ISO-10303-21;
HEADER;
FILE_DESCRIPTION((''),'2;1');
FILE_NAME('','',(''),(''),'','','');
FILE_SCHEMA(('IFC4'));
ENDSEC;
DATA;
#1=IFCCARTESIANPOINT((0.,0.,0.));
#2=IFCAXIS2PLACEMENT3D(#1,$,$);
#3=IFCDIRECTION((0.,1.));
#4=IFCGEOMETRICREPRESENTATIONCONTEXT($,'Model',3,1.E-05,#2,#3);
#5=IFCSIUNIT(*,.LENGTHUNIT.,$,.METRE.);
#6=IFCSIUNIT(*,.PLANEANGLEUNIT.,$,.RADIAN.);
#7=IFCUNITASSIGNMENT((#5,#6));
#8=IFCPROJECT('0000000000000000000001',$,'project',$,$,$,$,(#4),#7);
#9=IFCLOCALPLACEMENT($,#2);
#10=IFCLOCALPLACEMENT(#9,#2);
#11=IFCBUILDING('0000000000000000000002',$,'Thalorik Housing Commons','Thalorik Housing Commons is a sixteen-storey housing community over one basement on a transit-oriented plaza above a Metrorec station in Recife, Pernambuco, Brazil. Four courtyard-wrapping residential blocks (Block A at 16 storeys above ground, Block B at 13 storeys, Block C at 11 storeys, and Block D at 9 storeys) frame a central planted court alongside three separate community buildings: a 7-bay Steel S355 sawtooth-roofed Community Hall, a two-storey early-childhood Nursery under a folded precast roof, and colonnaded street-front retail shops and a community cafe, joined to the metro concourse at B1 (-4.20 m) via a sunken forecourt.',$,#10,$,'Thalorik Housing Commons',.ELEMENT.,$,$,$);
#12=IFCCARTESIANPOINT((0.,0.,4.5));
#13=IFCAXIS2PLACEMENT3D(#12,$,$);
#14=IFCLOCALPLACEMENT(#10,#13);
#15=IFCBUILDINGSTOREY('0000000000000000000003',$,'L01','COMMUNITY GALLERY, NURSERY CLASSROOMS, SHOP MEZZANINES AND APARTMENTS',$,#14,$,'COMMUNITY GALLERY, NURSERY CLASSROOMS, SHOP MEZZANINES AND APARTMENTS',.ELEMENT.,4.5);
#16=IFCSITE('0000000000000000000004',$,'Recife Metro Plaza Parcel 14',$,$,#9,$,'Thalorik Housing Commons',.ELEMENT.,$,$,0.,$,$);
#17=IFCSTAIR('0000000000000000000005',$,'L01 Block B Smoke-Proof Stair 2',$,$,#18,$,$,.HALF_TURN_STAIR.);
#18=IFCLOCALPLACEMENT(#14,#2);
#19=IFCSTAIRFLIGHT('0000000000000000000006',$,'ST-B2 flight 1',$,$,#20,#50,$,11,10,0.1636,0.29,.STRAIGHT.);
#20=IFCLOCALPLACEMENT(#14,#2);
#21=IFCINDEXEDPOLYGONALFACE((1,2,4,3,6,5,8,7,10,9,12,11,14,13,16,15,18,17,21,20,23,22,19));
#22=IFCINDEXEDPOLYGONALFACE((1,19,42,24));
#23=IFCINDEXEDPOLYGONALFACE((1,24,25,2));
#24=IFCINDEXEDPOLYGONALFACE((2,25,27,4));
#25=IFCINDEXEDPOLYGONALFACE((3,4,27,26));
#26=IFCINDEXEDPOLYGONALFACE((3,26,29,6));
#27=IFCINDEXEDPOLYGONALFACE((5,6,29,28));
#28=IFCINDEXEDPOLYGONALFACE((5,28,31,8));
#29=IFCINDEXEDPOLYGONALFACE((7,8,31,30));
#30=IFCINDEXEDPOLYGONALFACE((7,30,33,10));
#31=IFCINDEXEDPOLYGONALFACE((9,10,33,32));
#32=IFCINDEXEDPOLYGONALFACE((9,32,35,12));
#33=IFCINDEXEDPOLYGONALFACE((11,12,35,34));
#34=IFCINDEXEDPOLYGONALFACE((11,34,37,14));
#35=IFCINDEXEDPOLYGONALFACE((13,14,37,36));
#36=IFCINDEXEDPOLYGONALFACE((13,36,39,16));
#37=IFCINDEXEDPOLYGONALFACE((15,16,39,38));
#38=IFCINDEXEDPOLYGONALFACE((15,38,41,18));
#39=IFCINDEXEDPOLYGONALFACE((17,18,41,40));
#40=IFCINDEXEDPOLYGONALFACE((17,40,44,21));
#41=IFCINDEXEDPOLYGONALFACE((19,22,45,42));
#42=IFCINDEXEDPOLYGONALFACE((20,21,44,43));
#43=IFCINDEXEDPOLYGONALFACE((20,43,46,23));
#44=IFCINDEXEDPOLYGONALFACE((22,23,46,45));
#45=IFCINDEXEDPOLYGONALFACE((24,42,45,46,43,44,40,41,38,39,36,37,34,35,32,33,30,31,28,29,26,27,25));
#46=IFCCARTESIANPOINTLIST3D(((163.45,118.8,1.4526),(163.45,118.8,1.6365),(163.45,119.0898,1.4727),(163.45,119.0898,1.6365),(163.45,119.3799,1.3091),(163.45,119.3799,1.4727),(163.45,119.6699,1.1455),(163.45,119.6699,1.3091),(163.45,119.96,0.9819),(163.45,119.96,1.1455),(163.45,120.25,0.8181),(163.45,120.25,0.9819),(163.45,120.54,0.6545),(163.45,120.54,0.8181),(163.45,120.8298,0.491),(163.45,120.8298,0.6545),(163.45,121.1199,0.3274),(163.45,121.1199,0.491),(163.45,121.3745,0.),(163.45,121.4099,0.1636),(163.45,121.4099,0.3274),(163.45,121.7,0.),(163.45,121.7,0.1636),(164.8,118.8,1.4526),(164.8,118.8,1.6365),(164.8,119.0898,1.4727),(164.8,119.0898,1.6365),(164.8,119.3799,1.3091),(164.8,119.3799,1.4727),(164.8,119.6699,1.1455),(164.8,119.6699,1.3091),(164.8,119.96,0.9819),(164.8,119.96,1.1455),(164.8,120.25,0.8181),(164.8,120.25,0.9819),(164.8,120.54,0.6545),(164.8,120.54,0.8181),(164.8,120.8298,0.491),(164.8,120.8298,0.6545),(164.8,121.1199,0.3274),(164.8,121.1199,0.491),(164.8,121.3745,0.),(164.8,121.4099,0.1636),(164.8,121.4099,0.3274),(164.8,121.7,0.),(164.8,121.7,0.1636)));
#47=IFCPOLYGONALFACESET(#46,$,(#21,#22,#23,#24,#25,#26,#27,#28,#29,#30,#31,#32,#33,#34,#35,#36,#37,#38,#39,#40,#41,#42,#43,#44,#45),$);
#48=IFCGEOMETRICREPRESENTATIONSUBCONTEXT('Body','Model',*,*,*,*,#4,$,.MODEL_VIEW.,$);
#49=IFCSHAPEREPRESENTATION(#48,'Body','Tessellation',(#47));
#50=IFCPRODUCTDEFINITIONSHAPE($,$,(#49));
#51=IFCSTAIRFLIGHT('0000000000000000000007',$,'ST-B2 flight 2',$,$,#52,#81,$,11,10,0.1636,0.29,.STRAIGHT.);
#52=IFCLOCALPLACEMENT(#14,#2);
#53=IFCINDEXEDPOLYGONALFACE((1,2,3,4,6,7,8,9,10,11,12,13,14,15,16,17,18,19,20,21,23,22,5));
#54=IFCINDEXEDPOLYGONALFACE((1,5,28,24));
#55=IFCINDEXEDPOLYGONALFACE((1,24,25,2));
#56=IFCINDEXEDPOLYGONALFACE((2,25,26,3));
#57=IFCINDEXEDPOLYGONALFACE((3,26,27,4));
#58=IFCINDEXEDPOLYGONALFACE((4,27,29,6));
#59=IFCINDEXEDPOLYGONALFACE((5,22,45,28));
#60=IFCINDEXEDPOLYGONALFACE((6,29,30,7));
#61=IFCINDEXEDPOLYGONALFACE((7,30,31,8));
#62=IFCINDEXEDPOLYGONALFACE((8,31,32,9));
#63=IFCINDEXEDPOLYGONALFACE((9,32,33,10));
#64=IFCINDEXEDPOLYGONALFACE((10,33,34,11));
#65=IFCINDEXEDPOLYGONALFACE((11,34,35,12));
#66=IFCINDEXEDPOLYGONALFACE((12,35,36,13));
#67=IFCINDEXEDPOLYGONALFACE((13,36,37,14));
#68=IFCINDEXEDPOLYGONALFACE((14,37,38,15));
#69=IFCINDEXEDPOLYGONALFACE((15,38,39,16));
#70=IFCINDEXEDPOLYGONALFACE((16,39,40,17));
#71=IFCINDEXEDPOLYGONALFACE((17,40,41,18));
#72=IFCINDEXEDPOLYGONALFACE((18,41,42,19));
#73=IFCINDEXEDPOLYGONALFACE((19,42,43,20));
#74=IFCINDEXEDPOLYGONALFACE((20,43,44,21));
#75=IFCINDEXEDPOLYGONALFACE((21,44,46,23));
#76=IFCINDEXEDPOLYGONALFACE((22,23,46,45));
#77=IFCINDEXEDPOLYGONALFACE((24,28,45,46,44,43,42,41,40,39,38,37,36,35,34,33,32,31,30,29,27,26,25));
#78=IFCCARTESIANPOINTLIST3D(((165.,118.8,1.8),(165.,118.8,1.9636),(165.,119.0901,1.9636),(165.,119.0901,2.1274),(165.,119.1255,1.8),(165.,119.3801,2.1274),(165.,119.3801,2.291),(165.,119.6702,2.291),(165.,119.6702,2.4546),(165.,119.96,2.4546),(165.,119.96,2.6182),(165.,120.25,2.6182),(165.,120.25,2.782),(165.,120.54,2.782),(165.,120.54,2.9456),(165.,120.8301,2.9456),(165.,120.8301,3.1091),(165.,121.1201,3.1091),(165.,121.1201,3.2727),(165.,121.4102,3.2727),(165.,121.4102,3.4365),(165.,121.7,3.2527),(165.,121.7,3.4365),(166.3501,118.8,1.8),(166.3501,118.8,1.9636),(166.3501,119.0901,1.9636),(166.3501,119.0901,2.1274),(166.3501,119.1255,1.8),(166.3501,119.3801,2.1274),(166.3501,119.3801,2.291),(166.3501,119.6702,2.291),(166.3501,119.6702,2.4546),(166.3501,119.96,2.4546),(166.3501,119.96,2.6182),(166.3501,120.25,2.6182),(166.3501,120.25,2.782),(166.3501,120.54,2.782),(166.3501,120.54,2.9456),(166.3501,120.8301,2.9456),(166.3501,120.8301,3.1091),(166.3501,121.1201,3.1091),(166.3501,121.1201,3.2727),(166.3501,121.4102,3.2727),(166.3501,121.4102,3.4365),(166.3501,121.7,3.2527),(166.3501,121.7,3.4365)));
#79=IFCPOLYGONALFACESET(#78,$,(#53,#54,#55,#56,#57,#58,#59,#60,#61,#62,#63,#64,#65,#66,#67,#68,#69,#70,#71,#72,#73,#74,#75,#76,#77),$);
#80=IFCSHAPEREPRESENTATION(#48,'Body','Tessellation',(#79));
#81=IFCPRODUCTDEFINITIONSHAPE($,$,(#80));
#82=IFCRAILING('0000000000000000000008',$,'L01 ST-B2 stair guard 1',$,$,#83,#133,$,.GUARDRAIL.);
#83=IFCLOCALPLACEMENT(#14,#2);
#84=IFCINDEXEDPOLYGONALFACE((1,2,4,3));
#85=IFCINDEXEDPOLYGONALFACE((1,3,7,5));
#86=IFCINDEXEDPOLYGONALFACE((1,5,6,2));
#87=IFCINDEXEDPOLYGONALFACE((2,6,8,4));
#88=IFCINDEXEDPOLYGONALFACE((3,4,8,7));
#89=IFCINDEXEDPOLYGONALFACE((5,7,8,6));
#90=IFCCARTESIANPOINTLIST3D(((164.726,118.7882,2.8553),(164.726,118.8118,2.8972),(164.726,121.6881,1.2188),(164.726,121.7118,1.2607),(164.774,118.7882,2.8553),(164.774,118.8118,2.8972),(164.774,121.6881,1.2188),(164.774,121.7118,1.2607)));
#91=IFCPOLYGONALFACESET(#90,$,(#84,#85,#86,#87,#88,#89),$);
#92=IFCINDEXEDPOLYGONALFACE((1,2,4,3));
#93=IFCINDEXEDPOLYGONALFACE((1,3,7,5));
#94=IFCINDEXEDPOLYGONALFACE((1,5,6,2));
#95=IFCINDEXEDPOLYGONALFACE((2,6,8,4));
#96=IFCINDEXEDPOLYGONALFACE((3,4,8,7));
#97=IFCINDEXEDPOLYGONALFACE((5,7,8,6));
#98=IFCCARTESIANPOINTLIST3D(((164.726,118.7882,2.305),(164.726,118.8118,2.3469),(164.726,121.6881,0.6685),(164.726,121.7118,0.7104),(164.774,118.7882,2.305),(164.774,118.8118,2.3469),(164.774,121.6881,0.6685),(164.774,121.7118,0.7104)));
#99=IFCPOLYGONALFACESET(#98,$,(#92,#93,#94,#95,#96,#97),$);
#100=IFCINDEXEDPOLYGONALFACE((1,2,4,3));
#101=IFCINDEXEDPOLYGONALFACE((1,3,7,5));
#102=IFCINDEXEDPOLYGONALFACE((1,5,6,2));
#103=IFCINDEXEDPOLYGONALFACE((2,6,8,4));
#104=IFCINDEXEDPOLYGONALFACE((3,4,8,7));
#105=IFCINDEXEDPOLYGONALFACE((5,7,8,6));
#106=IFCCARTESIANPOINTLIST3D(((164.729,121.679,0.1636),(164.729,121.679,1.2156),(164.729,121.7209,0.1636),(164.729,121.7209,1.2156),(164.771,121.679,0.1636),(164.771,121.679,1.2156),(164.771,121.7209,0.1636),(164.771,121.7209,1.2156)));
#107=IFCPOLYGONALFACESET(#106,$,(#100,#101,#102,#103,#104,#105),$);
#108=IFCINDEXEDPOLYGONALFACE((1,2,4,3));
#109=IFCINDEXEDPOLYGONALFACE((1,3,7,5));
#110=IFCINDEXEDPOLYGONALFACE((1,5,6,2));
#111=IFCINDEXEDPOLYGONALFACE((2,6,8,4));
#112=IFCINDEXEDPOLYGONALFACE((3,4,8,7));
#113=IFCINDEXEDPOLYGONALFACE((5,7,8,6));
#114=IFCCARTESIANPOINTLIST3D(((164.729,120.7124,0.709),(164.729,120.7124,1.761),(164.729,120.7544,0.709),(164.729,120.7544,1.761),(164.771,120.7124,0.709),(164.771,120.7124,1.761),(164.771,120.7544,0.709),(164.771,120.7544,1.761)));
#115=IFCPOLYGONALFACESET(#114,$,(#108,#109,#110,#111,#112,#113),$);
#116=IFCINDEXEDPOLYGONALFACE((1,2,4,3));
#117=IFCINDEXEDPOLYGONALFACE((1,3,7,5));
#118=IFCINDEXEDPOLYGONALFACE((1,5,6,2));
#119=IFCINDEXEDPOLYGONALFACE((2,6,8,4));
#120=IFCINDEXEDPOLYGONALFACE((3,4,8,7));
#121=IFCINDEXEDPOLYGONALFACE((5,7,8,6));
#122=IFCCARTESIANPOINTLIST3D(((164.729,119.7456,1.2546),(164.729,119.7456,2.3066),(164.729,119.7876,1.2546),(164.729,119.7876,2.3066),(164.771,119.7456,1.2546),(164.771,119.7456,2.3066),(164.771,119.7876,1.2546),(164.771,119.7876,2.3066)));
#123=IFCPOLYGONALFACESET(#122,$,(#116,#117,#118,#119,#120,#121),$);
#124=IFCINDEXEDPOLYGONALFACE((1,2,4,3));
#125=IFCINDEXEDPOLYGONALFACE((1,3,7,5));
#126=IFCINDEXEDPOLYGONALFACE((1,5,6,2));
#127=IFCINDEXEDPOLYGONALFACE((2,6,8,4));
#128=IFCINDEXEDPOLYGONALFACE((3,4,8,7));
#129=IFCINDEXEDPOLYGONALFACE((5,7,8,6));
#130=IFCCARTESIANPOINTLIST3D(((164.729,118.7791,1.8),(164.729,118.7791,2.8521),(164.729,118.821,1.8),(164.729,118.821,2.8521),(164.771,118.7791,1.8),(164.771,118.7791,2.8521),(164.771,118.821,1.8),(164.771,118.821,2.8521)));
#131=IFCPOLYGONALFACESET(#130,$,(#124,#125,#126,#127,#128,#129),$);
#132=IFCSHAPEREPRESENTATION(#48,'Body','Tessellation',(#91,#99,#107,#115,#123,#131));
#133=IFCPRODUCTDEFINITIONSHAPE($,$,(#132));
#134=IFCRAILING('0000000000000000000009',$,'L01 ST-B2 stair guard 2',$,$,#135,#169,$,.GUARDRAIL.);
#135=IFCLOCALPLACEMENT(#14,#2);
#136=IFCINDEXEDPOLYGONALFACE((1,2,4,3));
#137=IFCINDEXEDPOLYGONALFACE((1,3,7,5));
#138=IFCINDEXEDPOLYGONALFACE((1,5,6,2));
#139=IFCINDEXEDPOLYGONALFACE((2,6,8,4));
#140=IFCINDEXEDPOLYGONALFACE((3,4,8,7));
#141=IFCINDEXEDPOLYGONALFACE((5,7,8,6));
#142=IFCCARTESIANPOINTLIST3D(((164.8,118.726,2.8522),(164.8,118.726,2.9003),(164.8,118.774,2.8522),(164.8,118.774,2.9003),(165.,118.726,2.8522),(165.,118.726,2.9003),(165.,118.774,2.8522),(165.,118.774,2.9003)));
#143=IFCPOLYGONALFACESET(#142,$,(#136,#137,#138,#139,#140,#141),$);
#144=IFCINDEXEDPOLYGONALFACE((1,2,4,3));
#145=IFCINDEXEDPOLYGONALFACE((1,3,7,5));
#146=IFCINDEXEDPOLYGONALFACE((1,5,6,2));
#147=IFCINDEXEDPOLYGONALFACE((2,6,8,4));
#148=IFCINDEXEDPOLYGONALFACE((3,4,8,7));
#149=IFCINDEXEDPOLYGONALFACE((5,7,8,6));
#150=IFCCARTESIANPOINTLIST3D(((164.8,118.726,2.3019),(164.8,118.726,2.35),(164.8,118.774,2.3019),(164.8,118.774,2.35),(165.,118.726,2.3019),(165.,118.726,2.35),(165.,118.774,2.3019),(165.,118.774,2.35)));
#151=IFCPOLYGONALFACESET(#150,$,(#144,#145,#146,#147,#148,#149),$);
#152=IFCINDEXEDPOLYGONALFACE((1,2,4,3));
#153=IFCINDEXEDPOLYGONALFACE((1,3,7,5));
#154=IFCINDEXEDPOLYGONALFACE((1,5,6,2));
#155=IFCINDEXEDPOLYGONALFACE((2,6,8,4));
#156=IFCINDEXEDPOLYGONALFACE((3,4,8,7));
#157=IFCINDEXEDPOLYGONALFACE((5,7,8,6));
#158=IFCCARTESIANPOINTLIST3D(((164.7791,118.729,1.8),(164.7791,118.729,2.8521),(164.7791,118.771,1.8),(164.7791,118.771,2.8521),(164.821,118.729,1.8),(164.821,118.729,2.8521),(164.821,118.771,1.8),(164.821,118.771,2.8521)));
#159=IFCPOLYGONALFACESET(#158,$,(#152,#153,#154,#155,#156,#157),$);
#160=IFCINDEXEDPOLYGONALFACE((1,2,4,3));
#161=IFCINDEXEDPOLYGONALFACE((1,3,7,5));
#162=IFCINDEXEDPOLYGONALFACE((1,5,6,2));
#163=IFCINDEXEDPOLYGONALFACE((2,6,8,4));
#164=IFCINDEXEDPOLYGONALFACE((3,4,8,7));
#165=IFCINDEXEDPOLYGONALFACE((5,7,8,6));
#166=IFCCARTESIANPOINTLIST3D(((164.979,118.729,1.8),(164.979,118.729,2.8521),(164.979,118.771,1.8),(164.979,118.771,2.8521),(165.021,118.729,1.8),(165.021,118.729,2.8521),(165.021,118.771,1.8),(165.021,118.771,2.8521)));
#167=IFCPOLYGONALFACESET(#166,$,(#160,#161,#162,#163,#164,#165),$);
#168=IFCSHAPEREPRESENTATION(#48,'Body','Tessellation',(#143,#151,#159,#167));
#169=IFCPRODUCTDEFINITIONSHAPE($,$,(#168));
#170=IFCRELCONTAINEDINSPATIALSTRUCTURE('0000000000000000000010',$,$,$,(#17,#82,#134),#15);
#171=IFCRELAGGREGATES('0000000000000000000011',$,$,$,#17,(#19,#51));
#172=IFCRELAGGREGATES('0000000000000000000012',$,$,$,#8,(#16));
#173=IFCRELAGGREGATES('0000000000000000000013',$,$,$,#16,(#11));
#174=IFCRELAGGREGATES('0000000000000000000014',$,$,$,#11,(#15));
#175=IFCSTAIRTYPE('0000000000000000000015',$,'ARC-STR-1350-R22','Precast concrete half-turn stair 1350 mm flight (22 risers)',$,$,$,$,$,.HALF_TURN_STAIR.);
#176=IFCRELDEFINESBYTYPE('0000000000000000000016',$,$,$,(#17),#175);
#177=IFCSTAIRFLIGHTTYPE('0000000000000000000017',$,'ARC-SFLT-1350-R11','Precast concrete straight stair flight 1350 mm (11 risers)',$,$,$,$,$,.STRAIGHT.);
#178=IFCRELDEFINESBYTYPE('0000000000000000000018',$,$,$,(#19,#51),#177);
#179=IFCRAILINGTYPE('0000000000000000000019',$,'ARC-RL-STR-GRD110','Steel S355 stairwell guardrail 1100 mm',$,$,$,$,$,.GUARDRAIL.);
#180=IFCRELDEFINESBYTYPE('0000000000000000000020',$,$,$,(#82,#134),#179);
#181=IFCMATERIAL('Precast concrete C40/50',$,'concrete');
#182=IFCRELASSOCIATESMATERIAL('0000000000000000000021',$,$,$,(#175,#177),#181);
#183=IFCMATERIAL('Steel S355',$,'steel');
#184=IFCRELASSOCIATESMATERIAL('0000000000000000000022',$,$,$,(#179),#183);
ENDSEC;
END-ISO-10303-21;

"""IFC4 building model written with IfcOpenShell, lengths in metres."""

from ifc_helpers import new_model, si_unit, direction, frame, origin, origin_2d, place, context, subcontext, project, spatial, polyline, rectangle, outline, extrude, material, type_object, element, aggregate, save


model = new_model("IFC4")

# Units and contexts
model_context = context("Model", 3, precision=1e-05, world=origin(), true_north=direction((0.0, 1.0)))
body_context = subcontext(model_context, "Body", "Model", "MODEL_VIEW")
ifc_project = project(units=[si_unit("LENGTHUNIT", "METRE"), si_unit("PLANEANGLEUNIT", "RADIAN")], contexts=[model_context])

# Site, building, storey
site_placement = place(None, origin())
site = spatial("IfcSite", under=ifc_project, at=site_placement, Name="Recife Metro Plaza Parcel 14", LongName="Thalorik Housing Commons", CompositionType="ELEMENT", RefElevation=0.0)
building_placement = place(site_placement, origin())
building = spatial("IfcBuilding", under=site, at=building_placement, Name="Thalorik Housing Commons", Description="Thalorik Housing Commons is a sixteen-storey housing community over one basement on a transit-oriented plaza above a Metrorec station in Recife, Pernambuco, Brazil. Four courtyard-wrapping residential blocks (Block A at 16 storeys above ground, Block B at 13 storeys, Block C at 11 storeys, and Block D at 9 storeys) frame a central planted court alongside three separate community buildings: a 7-bay Steel S355 sawtooth-roofed Community Hall, a two-storey early-childhood Nursery under a folded precast roof, and colonnaded street-front retail shops and a community cafe, joined to the metro concourse at B1 (-4.20 m) via a sunken forecourt.", LongName="Thalorik Housing Commons", CompositionType="ELEMENT")
storey_placement = place(building_placement, frame((0.0, 0.0, 4.5)))
storey = spatial("IfcBuildingStorey", under=building, at=storey_placement, Name="L01", Description="COMMUNITY GALLERY, NURSERY CLASSROOMS, SHOP MEZZANINES AND APARTMENTS", LongName="COMMUNITY GALLERY, NURSERY CLASSROOMS, SHOP MEZZANINES AND APARTMENTS", CompositionType="ELEMENT", Elevation=4.5)

# Shared definitions
ifc_material_1 = material(Name="Steel S355", Category="steel")

# Stair, stair flights
ifc_material_2 = material(Name="Precast concrete C40/50", Category="concrete")
stair_type = type_object("IfcStairType", Name="ARC-STR-1350-R22", Description="Precast concrete half-turn stair 1350 mm flight (22 risers)", PredefinedType="HALF_TURN_STAIR", material=ifc_material_2)
stair_placement = place(storey_placement, origin())
stair = element("IfcStair", 1, at=stair_placement, inside=storey, type_object=stair_type, Name="L01 Block B Smoke-Proof Stair 2", PredefinedType="HALF_TURN_STAIR")
stair_flight_type = type_object("IfcStairFlightType", Name="ARC-SFLT-1350-R11", Description="Precast concrete straight stair flight 1350 mm (11 risers)", PredefinedType="STRAIGHT", material=ifc_material_2)
stair_flight_1_placement = place(storey_placement, frame((164.125, 121.7, 0.0), z_axis=(0.0, 0.0, 1.0), x_axis=(0.0, -1.0, 0.0)))
stair_flight_1 = element("IfcStairFlight", 2, at=stair_flight_1_placement, type_object=stair_flight_type, Name="ST-B2 flight 1", NumberOfRisers=11, NumberOfTreads=10, PredefinedType="STRAIGHT", RiserHeight=0.1636, TreadLength=0.29, context=body_context, shape_type="SweptSolid", body=[
    extrude(outline(polyline([(0.0, 0.0), (0.0, 0.1636), (0.29, 0.1636), (0.29, 0.3274), (0.5801, 0.3274), (0.5801, 0.491), (0.8701, 0.491), (0.8701, 0.6545), (1.1599, 0.6545), (1.1599, 0.8181), (1.45, 0.8181), (1.45, 0.9819), (1.74, 0.9819), (1.74, 1.1455), (2.03, 1.1455), (2.03, 1.3091), (2.3201, 1.3091), (2.3201, 1.4727), (2.6101, 1.4727), (2.6101, 1.6365), (2.8999, 1.6365), (2.8999, 1.8), (2.8999, 1.4526), (0.3254, 0.0), (0.0, 0.0)])), frame((0.0, 0.675, 0.0), z_axis=(0.0, -1.0, 0.0), x_axis=(1.0, 0.0, 0.0)), (0.0, 0.0, 1.0), 1.3501),
])
stair_flight_2_placement = place(storey_placement, frame((165.675, 118.8, 1.8), z_axis=(0.0, 0.0, 1.0), x_axis=(0.0, 1.0, 0.0)))
stair_flight_2 = element("IfcStairFlight", 3, at=stair_flight_2_placement, type_object=stair_flight_type, Name="ST-B2 flight 2", NumberOfRisers=11, NumberOfTreads=10, PredefinedType="STRAIGHT", RiserHeight=0.1636, TreadLength=0.29, context=body_context, shape_type="SweptSolid", body=[
    extrude(outline(polyline([(0.0, 0.0), (0.0, 0.1636), (0.29, 0.1636), (0.29, 0.3274), (0.5801, 0.3274), (0.5801, 0.491), (0.8701, 0.491), (0.8701, 0.6545), (1.1599, 0.6545), (1.1599, 0.8181), (1.45, 0.8181), (1.45, 0.9819), (1.74, 0.9819), (1.74, 1.1455), (2.03, 1.1455), (2.03, 1.3091), (2.3201, 1.3091), (2.3201, 1.4727), (2.6101, 1.4727), (2.6101, 1.6365), (2.8999, 1.6365), (2.8999, 1.8), (2.8999, 1.4526), (0.3254, 0.0), (0.0, 0.0)])), frame((0.0, 0.675, 0.0), z_axis=(0.0, -1.0, 0.0), x_axis=(1.0, 0.0, 0.0)), (0.0, 0.0, 1.0), 1.3501),
])
aggregate(stair, [stair_flight_1, stair_flight_2])

# Railings
railing_type_1 = type_object("IfcRailingType", Name="ARC-RL-STR-GRD110", Description="Steel S355 stairwell guardrail 1100 mm", PredefinedType="GUARDRAIL", material=ifc_material_1)
railing_1_placement = place(storey_placement, frame((164.75, 121.7, 0.1636)))
element("IfcRailing", 4, at=railing_1_placement, inside=storey, type_object=railing_type_1, Name="L01 ST-B2 stair guard 1", PredefinedType="GUARDRAIL", context=body_context, shape_type="SweptSolid", body=[
    extrude(rectangle(XDim=0.0481, YDim=0.0481, at=origin_2d()), frame((0.0, 0.0, 1.0762), z_axis=(0.0, -0.870897, 0.491465), x_axis=(1.0, 0.0, 0.0)), (0.0, 0.0, 1.0), 3.3298),
    extrude(rectangle(XDim=0.0481, YDim=0.0481, at=origin_2d()), frame((0.0, 0.0, 0.5259), z_axis=(0.0, -0.870897, 0.491465), x_axis=(1.0, 0.0, 0.0)), (0.0, 0.0, 1.0), 3.3298),
    extrude(rectangle(XDim=0.042, YDim=0.042, at=origin_2d()), origin(), (0.0, 0.0, 1.0), 1.052),
    extrude(rectangle(XDim=0.042, YDim=0.042, at=origin_2d()), frame((0.0, -0.9666, 0.5454)), (0.0, 0.0, 1.0), 1.052),
    extrude(rectangle(XDim=0.042, YDim=0.042, at=origin_2d()), frame((0.0, -1.9333, 1.0911)), (0.0, 0.0, 1.0), 1.052),
    extrude(rectangle(XDim=0.042, YDim=0.042, at=origin_2d()), frame((0.0, -2.8999, 1.6365)), (0.0, 0.0, 1.0), 1.052),
])
railing_2_placement = place(storey_placement, frame((164.8, 118.75, 1.8)))
element("IfcRailing", 5, at=railing_2_placement, inside=storey, type_object=railing_type_1, Name="L01 ST-B2 stair guard 2", PredefinedType="GUARDRAIL", context=body_context, shape_type="SweptSolid", body=[
    extrude(rectangle(XDim=0.0481, YDim=0.0481, at=origin_2d()), frame((0.0, 0.0, 1.0762), z_axis=(1.0, 0.0, 0.0), x_axis=(0.0, 1.0, 0.0)), (0.0, 0.0, 1.0), 0.2),
    extrude(rectangle(XDim=0.0481, YDim=0.0481, at=origin_2d()), frame((0.0, 0.0, 0.5259), z_axis=(1.0, 0.0, 0.0), x_axis=(0.0, 1.0, 0.0)), (0.0, 0.0, 1.0), 0.2),
    extrude(rectangle(XDim=0.042, YDim=0.042, at=origin_2d()), origin(), (0.0, 0.0, 1.0), 1.052),
    extrude(rectangle(XDim=0.042, YDim=0.042, at=origin_2d()), frame((0.2, 0.0, 0.0)), (0.0, 0.0, 1.0), 1.052),
])

save(model, "model.ifc")
